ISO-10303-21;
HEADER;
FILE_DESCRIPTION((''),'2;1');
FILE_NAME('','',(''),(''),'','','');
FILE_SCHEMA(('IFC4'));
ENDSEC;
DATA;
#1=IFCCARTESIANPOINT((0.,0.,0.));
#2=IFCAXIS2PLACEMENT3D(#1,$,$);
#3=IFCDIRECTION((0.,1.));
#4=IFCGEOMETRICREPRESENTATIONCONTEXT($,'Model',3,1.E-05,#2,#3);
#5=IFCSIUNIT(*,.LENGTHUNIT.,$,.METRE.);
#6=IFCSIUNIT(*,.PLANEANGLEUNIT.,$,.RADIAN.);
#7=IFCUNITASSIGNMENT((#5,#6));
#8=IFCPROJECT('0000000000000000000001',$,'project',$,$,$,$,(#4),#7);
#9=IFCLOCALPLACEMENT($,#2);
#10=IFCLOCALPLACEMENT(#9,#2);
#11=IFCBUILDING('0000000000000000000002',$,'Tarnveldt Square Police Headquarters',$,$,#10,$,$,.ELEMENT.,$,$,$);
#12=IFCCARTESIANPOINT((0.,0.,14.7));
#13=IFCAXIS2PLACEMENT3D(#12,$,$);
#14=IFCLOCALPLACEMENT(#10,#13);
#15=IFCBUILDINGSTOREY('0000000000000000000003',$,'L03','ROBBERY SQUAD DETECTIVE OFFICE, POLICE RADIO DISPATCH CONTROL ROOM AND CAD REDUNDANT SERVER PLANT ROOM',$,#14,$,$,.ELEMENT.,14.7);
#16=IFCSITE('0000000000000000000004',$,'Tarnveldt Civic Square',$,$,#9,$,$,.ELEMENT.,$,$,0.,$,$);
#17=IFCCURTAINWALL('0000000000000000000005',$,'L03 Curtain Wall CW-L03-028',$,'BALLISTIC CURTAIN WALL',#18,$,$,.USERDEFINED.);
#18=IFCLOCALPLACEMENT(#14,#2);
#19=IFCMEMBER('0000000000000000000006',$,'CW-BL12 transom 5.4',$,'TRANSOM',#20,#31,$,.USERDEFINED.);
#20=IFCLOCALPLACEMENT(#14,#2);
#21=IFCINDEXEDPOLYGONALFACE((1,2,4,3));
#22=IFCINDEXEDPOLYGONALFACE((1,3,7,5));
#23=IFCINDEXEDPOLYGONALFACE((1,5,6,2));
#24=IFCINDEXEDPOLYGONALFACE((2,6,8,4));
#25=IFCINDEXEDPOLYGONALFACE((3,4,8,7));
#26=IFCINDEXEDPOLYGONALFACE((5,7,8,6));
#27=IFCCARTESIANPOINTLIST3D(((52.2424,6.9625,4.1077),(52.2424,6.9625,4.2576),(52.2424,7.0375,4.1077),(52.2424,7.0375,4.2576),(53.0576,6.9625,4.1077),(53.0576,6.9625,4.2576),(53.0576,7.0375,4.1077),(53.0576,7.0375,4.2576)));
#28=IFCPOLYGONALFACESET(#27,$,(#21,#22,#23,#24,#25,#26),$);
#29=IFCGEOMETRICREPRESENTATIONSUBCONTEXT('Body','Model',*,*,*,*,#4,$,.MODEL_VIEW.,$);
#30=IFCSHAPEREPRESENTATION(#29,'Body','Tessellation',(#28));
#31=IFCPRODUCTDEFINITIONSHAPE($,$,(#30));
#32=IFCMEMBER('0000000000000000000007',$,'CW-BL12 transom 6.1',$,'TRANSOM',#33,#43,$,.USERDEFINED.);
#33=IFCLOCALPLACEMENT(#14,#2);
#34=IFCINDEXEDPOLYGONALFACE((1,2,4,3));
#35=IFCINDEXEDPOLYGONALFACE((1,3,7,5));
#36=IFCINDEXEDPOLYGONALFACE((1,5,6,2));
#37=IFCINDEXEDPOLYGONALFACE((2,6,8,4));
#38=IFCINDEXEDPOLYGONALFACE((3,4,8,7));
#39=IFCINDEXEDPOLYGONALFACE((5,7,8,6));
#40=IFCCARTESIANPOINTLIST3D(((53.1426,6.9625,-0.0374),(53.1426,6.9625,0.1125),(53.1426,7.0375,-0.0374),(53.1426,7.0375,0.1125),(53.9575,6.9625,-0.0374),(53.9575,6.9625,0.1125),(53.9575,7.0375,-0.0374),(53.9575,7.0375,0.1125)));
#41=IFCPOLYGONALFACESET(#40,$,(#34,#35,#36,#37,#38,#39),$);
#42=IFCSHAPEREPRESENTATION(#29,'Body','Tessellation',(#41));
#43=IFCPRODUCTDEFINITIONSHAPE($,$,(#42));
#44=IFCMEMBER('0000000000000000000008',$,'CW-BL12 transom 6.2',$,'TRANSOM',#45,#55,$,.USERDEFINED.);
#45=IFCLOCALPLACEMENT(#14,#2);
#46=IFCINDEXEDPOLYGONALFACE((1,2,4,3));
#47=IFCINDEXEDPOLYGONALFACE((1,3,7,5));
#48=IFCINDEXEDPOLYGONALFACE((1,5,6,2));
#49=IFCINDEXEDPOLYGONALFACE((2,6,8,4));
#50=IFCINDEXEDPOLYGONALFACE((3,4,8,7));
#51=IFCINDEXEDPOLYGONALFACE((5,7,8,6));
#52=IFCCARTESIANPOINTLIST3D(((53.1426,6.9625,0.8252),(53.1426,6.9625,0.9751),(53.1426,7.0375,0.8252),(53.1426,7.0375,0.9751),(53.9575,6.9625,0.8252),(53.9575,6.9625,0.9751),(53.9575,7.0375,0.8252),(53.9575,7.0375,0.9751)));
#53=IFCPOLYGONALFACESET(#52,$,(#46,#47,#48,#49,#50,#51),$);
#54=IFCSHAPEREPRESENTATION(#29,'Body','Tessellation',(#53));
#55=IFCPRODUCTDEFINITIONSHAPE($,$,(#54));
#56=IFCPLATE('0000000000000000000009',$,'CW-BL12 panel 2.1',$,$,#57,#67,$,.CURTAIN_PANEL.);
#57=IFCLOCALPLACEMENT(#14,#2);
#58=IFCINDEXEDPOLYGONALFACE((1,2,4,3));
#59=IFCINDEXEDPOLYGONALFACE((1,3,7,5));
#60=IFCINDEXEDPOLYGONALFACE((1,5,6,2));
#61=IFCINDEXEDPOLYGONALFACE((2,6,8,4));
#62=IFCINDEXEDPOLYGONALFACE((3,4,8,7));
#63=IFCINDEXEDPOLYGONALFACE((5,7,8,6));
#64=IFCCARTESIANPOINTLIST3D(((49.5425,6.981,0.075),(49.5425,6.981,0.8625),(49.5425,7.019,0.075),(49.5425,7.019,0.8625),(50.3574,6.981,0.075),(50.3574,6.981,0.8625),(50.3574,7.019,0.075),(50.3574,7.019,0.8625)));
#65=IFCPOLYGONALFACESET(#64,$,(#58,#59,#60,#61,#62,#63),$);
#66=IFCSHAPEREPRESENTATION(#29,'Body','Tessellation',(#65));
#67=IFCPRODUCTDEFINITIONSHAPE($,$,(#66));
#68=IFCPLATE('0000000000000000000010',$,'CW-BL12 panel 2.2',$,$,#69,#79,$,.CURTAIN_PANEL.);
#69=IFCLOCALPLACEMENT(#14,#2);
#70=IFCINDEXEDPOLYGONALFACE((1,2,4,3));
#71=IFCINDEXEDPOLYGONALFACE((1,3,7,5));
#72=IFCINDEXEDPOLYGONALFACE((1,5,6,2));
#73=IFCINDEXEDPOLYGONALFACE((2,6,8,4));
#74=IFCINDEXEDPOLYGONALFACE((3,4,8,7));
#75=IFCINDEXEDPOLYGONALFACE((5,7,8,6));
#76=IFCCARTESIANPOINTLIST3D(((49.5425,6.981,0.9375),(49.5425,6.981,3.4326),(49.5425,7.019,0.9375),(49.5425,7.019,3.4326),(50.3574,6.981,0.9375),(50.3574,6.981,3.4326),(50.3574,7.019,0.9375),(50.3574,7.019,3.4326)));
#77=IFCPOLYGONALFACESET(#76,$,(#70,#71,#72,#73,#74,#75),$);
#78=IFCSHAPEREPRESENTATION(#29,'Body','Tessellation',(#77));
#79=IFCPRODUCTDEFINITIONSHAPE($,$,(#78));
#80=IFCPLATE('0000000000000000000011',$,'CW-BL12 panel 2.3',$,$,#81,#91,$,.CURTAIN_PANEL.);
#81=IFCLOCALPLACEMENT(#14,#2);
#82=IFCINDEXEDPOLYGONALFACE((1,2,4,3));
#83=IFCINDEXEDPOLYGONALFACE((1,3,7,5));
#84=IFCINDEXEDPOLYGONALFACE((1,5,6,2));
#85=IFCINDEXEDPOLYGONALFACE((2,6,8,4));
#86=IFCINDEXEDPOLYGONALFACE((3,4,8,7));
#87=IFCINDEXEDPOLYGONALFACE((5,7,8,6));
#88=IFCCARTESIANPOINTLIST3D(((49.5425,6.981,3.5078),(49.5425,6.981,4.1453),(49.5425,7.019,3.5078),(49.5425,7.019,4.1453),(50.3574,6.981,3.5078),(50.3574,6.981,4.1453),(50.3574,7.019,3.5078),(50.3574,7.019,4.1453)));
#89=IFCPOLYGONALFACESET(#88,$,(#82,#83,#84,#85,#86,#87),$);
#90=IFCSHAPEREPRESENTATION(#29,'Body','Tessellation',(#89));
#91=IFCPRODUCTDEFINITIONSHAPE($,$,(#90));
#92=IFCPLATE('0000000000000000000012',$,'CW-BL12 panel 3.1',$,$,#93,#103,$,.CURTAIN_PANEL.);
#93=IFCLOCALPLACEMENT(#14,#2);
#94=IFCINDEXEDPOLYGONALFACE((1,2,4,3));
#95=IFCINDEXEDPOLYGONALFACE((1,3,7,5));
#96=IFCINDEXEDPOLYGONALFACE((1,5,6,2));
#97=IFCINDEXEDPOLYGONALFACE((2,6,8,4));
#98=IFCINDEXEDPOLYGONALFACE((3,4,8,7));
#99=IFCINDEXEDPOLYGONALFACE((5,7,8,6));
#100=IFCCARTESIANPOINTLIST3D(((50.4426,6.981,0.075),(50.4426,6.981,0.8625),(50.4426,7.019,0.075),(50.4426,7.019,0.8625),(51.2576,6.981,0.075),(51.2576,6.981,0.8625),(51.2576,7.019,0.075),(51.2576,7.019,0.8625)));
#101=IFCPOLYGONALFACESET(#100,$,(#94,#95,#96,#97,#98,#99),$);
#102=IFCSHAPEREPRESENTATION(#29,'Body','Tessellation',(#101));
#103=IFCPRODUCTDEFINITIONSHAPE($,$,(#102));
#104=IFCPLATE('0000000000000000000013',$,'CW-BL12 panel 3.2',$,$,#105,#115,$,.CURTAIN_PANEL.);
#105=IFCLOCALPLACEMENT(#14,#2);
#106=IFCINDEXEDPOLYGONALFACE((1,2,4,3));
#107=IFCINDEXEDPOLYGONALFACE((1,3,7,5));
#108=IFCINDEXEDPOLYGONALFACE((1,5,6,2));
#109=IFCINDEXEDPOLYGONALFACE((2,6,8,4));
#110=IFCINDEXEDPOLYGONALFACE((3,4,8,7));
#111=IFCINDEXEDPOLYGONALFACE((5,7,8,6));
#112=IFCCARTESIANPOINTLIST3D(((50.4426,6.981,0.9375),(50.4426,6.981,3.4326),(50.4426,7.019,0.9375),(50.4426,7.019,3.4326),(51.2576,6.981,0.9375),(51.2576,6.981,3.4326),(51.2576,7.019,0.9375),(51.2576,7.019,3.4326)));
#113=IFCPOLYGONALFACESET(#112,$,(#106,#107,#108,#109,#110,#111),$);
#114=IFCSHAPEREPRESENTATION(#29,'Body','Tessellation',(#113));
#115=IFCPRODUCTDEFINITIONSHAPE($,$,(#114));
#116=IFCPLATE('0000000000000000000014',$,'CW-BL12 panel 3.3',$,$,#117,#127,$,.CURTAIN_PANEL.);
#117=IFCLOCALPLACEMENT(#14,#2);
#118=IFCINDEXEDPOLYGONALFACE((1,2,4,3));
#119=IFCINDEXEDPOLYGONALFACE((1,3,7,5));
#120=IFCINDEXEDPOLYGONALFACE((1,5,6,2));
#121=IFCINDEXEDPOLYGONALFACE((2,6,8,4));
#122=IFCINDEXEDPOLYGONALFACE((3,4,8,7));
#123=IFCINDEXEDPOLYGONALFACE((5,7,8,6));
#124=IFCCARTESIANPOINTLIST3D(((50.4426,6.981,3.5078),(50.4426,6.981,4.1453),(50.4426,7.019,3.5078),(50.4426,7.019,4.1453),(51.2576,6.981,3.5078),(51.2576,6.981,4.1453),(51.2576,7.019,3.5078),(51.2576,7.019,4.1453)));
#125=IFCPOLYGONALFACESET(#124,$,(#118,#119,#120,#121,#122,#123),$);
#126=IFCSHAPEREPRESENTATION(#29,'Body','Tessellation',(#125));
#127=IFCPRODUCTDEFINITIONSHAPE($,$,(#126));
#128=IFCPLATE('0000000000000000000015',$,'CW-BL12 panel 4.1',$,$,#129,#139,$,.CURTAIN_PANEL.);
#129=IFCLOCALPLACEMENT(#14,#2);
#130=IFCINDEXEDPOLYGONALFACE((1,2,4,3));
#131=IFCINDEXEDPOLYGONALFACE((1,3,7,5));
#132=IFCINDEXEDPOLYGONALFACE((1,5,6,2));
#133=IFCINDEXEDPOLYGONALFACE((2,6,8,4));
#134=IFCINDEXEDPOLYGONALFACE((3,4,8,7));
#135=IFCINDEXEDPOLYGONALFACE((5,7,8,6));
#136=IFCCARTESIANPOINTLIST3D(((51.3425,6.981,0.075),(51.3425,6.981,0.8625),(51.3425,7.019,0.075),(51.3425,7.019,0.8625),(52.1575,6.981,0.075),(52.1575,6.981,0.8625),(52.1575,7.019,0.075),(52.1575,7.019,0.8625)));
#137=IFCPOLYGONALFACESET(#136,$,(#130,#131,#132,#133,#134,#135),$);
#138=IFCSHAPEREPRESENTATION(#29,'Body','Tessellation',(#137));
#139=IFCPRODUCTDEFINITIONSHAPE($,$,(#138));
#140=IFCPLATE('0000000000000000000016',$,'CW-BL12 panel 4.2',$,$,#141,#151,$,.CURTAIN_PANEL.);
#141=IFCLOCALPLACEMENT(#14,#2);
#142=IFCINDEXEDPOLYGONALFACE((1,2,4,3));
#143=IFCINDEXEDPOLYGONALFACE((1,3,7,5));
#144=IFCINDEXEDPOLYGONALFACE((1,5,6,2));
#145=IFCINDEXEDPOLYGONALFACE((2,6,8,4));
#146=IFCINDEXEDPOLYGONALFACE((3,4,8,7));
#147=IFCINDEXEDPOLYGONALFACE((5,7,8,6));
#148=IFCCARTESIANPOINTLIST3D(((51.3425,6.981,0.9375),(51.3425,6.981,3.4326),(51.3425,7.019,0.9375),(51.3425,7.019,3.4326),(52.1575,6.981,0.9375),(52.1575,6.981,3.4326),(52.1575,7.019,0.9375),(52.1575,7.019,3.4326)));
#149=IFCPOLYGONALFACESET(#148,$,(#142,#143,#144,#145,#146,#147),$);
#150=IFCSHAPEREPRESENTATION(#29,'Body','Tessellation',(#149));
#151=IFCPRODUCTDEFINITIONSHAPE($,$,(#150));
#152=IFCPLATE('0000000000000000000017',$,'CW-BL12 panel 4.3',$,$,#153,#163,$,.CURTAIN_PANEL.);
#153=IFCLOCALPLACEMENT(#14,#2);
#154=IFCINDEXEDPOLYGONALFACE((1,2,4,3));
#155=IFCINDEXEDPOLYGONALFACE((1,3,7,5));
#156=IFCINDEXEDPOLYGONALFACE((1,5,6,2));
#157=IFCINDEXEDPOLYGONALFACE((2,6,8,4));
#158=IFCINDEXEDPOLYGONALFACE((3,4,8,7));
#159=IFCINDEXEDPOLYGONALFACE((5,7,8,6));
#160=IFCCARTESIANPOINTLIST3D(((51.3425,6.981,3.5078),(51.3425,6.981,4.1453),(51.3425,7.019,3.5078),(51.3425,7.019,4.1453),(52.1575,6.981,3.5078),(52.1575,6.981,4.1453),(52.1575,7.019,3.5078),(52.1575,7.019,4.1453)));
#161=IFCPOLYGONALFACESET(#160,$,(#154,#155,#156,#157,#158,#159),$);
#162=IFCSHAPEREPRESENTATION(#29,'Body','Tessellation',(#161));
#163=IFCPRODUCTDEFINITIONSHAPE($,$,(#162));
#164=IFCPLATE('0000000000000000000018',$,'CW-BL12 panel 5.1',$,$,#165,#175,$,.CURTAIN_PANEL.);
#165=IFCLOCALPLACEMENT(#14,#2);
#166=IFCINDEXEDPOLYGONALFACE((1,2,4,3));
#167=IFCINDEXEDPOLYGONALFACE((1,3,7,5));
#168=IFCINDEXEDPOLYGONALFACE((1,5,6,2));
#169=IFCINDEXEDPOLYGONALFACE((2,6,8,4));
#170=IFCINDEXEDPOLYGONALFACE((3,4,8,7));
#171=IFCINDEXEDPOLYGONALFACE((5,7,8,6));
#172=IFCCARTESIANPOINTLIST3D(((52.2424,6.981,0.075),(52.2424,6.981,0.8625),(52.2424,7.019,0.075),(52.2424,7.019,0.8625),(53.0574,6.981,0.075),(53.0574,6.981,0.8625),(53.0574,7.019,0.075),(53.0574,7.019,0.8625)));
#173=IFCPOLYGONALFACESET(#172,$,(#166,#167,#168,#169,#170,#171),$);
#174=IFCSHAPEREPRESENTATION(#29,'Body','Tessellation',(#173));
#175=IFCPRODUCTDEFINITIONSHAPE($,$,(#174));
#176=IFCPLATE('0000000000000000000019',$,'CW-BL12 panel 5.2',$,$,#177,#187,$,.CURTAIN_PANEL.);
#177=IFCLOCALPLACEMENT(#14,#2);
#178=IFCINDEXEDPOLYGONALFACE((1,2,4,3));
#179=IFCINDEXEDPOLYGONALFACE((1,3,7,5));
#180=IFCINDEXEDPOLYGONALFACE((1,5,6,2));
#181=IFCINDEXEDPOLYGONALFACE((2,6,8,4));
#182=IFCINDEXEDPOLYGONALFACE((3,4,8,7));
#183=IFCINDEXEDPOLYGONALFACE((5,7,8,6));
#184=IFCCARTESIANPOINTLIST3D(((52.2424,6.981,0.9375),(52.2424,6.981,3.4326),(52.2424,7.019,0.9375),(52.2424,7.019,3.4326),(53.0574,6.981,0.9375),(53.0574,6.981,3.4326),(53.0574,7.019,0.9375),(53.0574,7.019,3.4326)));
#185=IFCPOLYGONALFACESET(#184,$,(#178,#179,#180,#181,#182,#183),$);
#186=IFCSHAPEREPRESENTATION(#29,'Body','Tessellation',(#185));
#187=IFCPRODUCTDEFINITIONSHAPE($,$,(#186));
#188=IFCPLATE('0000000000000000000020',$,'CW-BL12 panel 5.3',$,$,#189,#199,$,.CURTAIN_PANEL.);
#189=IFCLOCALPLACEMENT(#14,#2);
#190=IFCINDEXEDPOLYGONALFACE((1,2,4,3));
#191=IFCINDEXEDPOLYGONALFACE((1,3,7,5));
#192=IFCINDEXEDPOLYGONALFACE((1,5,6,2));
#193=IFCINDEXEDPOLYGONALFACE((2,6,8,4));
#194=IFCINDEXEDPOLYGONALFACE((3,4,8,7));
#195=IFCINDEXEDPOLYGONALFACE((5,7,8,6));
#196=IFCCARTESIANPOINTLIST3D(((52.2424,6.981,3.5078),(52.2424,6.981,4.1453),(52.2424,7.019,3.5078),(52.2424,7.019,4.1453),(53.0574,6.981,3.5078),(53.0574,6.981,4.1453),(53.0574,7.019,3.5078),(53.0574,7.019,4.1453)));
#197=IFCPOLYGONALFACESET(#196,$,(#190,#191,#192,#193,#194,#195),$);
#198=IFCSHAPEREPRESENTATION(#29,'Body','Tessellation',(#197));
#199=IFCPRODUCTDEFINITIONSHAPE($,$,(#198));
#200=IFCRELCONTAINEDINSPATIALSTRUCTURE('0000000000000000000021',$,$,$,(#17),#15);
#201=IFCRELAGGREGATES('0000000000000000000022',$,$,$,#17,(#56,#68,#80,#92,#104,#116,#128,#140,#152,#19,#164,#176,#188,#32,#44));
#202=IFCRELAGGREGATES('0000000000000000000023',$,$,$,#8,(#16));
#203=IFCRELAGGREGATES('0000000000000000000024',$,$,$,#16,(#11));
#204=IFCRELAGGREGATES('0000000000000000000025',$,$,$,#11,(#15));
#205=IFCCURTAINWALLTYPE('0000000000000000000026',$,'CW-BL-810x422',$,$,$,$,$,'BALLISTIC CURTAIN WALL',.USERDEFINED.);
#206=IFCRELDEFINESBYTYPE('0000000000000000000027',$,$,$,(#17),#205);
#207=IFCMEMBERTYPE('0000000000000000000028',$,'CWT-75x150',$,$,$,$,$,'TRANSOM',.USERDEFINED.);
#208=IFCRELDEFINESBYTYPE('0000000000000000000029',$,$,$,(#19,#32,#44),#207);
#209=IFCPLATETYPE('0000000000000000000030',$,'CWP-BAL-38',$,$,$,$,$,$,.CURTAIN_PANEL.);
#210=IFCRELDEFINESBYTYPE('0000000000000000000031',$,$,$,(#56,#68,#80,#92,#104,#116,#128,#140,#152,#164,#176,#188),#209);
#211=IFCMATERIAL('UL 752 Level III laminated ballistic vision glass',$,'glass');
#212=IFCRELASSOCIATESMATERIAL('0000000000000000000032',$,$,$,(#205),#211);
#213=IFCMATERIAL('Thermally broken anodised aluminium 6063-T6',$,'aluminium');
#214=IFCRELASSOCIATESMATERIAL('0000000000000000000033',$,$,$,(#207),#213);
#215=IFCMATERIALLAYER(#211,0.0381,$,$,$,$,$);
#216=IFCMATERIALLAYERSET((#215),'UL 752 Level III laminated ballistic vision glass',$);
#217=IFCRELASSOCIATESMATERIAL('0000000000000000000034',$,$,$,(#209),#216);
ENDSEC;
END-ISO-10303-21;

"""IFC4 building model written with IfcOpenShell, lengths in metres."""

from ifc_helpers import new_model, si_unit, direction, frame, origin, origin_2d, place, context, subcontext, project, spatial, rectangle, extrude, material, layer, layer_set, material_profile, profile_set, type_object, element, aggregate, save


model = new_model("IFC4")

# Units and contexts
model_context = context("Model", 3, precision=1e-05, world=origin(), true_north=direction((0.0, 1.0)))
body_context = subcontext(model_context, "Body", "Model", "MODEL_VIEW")
ifc_project = project(units=[si_unit("LENGTHUNIT", "METRE"), si_unit("PLANEANGLEUNIT", "RADIAN")], contexts=[model_context])

# Site, building, storey
site_placement = place(None, origin())
site = spatial("IfcSite", under=ifc_project, at=site_placement, Name="Tarnveldt Civic Square", CompositionType="ELEMENT", RefElevation=0.0)
building_placement = place(site_placement, origin())
building = spatial("IfcBuilding", under=site, at=building_placement, Name="Tarnveldt Square Police Headquarters", CompositionType="ELEMENT")
storey_placement = place(building_placement, frame((0.0, 0.0, 14.7)))
storey = spatial("IfcBuildingStorey", under=building, at=storey_placement, Name="L03", Description="ROBBERY SQUAD DETECTIVE OFFICE, POLICE RADIO DISPATCH CONTROL ROOM AND CAD REDUNDANT SERVER PLANT ROOM", CompositionType="ELEMENT", Elevation=14.7)

# Curtain wall, members, plates
ifc_material_1 = material(Name="UL 752 Level III laminated ballistic vision glass", Category="glass")
curtain_wall_type = type_object("IfcCurtainWallType", Name="CW-BL-810x422", ElementType="BALLISTIC CURTAIN WALL", PredefinedType="USERDEFINED", material=ifc_material_1)
curtain_wall_placement = place(storey_placement, origin())
curtain_wall = element("IfcCurtainWall", 1, at=curtain_wall_placement, inside=storey, type_object=curtain_wall_type, Name="L03 Curtain Wall CW-L03-028", ObjectType="BALLISTIC CURTAIN WALL", PredefinedType="USERDEFINED")
ifc_material_2 = material(Name="Thermally broken anodised aluminium 6063-T6", Category="aluminium")
ifc_material_profile_1 = material_profile(ifc_material_2, rectangle(XDim=0.075, YDim=0.1499, at=origin_2d()), Name="CW-T75x150")
ifc_profile_set_1 = profile_set([ifc_material_profile_1], Name="Thermally broken anodised aluminium 6063-T6")
member_type_1 = type_object("IfcMemberType", Name="CWT-75x150", ElementType="TRANSOM", PredefinedType="USERDEFINED", material=ifc_profile_set_1)
member_1_placement = place(storey_placement, frame((52.2424, 7.0, 4.1826), z_axis=(1.0, 0.0, 0.0), x_axis=(0.0, 1.0, 0.0)))
member_1 = element("IfcMember", 2, at=member_1_placement, type_object=member_type_1, Name="CW-BL12 transom 5.4", ObjectType="TRANSOM", PredefinedType="USERDEFINED", context=body_context, shape_type="SweptSolid", body=[
    extrude(rectangle(XDim=0.075, YDim=0.1499, at=origin_2d()), origin(), (0.0, 0.0, 1.0), 0.8152),
])
member_2_placement = place(storey_placement, frame((53.1426, 7.0, 0.0376), z_axis=(1.0, 0.0, 0.0), x_axis=(0.0, 1.0, 0.0)))
member_2 = element("IfcMember", 3, at=member_2_placement, type_object=member_type_1, Name="CW-BL12 transom 6.1", ObjectType="TRANSOM", PredefinedType="USERDEFINED", context=body_context, shape_type="SweptSolid", body=[
    extrude(rectangle(XDim=0.075, YDim=0.1499, at=origin_2d()), origin(), (0.0, 0.0, 1.0), 0.8149),
])
member_3_placement = place(storey_placement, frame((53.1426, 7.0, 0.9001), z_axis=(1.0, 0.0, 0.0), x_axis=(0.0, 1.0, 0.0)))
member_3 = element("IfcMember", 4, at=member_3_placement, type_object=member_type_1, Name="CW-BL12 transom 6.2", ObjectType="TRANSOM", PredefinedType="USERDEFINED", context=body_context, shape_type="SweptSolid", body=[
    extrude(rectangle(XDim=0.075, YDim=0.1499, at=origin_2d()), origin(), (0.0, 0.0, 1.0), 0.8149),
])
ifc_layer = layer(ifc_material_1, 0.0381)
ifc_layer_set = layer_set([ifc_layer], Name="UL 752 Level III laminated ballistic vision glass")
plate_type = type_object("IfcPlateType", Name="CWP-BAL-38", PredefinedType="CURTAIN_PANEL", material=ifc_layer_set)
plate_1_placement = place(storey_placement, frame((49.95, 7.0, 0.075), z_axis=(0.0, 0.0, 1.0), x_axis=(1.0, 0.0, 0.0)))
plate_1 = element("IfcPlate", 5, at=plate_1_placement, type_object=plate_type, Name="CW-BL12 panel 2.1", PredefinedType="CURTAIN_PANEL", context=body_context, shape_type="SweptSolid", body=[
    extrude(rectangle(XDim=0.8149, YDim=0.0381, at=origin_2d()), origin(), (0.0, 0.0, 1.0), 0.7876),
])
plate_2_placement = place(storey_placement, frame((49.95, 7.0, 0.9375), z_axis=(0.0, 0.0, 1.0), x_axis=(1.0, 0.0, 0.0)))
plate_2 = element("IfcPlate", 6, at=plate_2_placement, type_object=plate_type, Name="CW-BL12 panel 2.2", PredefinedType="CURTAIN_PANEL", context=body_context, shape_type="SweptSolid", body=[
    extrude(rectangle(XDim=0.8149, YDim=0.0381, at=origin_2d()), origin(), (0.0, 0.0, 1.0), 2.4951),
])
plate_3_placement = place(storey_placement, frame((49.95, 7.0, 3.5078), z_axis=(0.0, 0.0, 1.0), x_axis=(1.0, 0.0, 0.0)))
plate_3 = element("IfcPlate", 7, at=plate_3_placement, type_object=plate_type, Name="CW-BL12 panel 2.3", PredefinedType="CURTAIN_PANEL", context=body_context, shape_type="SweptSolid", body=[
    extrude(rectangle(XDim=0.8149, YDim=0.0381, at=origin_2d()), origin(), (0.0, 0.0, 1.0), 0.6375),
])
plate_4_placement = place(storey_placement, frame((50.8501, 7.0, 0.075), z_axis=(0.0, 0.0, 1.0), x_axis=(1.0, 0.0, 0.0)))
plate_4 = element("IfcPlate", 8, at=plate_4_placement, type_object=plate_type, Name="CW-BL12 panel 3.1", PredefinedType="CURTAIN_PANEL", context=body_context, shape_type="SweptSolid", body=[
    extrude(rectangle(XDim=0.8149, YDim=0.0381, at=origin_2d()), origin(), (0.0, 0.0, 1.0), 0.7876),
])
plate_5_placement = place(storey_placement, frame((50.8501, 7.0, 0.9375), z_axis=(0.0, 0.0, 1.0), x_axis=(1.0, 0.0, 0.0)))
plate_5 = element("IfcPlate", 9, at=plate_5_placement, type_object=plate_type, Name="CW-BL12 panel 3.2", PredefinedType="CURTAIN_PANEL", context=body_context, shape_type="SweptSolid", body=[
    extrude(rectangle(XDim=0.8149, YDim=0.0381, at=origin_2d()), origin(), (0.0, 0.0, 1.0), 2.4951),
])
plate_6_placement = place(storey_placement, frame((50.8501, 7.0, 3.5078), z_axis=(0.0, 0.0, 1.0), x_axis=(1.0, 0.0, 0.0)))
plate_6 = element("IfcPlate", 10, at=plate_6_placement, type_object=plate_type, Name="CW-BL12 panel 3.3", PredefinedType="CURTAIN_PANEL", context=body_context, shape_type="SweptSolid", body=[
    extrude(rectangle(XDim=0.8149, YDim=0.0381, at=origin_2d()), origin(), (0.0, 0.0, 1.0), 0.6375),
])
plate_7_placement = place(storey_placement, frame((51.75, 7.0, 0.075), z_axis=(0.0, 0.0, 1.0), x_axis=(1.0, 0.0, 0.0)))
plate_7 = element("IfcPlate", 11, at=plate_7_placement, type_object=plate_type, Name="CW-BL12 panel 4.1", PredefinedType="CURTAIN_PANEL", context=body_context, shape_type="SweptSolid", body=[
    extrude(rectangle(XDim=0.8149, YDim=0.0381, at=origin_2d()), origin(), (0.0, 0.0, 1.0), 0.7876),
])
plate_8_placement = place(storey_placement, frame((51.75, 7.0, 0.9375), z_axis=(0.0, 0.0, 1.0), x_axis=(1.0, 0.0, 0.0)))
plate_8 = element("IfcPlate", 12, at=plate_8_placement, type_object=plate_type, Name="CW-BL12 panel 4.2", PredefinedType="CURTAIN_PANEL", context=body_context, shape_type="SweptSolid", body=[
    extrude(rectangle(XDim=0.8149, YDim=0.0381, at=origin_2d()), origin(), (0.0, 0.0, 1.0), 2.4951),
])
plate_9_placement = place(storey_placement, frame((51.75, 7.0, 3.5078), z_axis=(0.0, 0.0, 1.0), x_axis=(1.0, 0.0, 0.0)))
plate_9 = element("IfcPlate", 13, at=plate_9_placement, type_object=plate_type, Name="CW-BL12 panel 4.3", PredefinedType="CURTAIN_PANEL", context=body_context, shape_type="SweptSolid", body=[
    extrude(rectangle(XDim=0.8149, YDim=0.0381, at=origin_2d()), origin(), (0.0, 0.0, 1.0), 0.6375),
])
plate_10_placement = place(storey_placement, frame((52.6499, 7.0, 0.075), z_axis=(0.0, 0.0, 1.0), x_axis=(1.0, 0.0, 0.0)))
plate_10 = element("IfcPlate", 14, at=plate_10_placement, type_object=plate_type, Name="CW-BL12 panel 5.1", PredefinedType="CURTAIN_PANEL", context=body_context, shape_type="SweptSolid", body=[
    extrude(rectangle(XDim=0.8149, YDim=0.0381, at=origin_2d()), origin(), (0.0, 0.0, 1.0), 0.7876),
])
plate_11_placement = place(storey_placement, frame((52.6499, 7.0, 0.9375), z_axis=(0.0, 0.0, 1.0), x_axis=(1.0, 0.0, 0.0)))
plate_11 = element("IfcPlate", 15, at=plate_11_placement, type_object=plate_type, Name="CW-BL12 panel 5.2", PredefinedType="CURTAIN_PANEL", context=body_context, shape_type="SweptSolid", body=[
    extrude(rectangle(XDim=0.8149, YDim=0.0381, at=origin_2d()), origin(), (0.0, 0.0, 1.0), 2.4951),
])
plate_12_placement = place(storey_placement, frame((52.6499, 7.0, 3.5078), z_axis=(0.0, 0.0, 1.0), x_axis=(1.0, 0.0, 0.0)))
plate_12 = element("IfcPlate", 16, at=plate_12_placement, type_object=plate_type, Name="CW-BL12 panel 5.3", PredefinedType="CURTAIN_PANEL", context=body_context, shape_type="SweptSolid", body=[
    extrude(rectangle(XDim=0.8149, YDim=0.0381, at=origin_2d()), origin(), (0.0, 0.0, 1.0), 0.6375),
])
aggregate(curtain_wall, [plate_1, plate_2, plate_3, plate_4, plate_5, plate_6, plate_7, plate_8, plate_9, member_1, plate_10, plate_11, plate_12, member_2, member_3])

save(model, "model.ifc")
